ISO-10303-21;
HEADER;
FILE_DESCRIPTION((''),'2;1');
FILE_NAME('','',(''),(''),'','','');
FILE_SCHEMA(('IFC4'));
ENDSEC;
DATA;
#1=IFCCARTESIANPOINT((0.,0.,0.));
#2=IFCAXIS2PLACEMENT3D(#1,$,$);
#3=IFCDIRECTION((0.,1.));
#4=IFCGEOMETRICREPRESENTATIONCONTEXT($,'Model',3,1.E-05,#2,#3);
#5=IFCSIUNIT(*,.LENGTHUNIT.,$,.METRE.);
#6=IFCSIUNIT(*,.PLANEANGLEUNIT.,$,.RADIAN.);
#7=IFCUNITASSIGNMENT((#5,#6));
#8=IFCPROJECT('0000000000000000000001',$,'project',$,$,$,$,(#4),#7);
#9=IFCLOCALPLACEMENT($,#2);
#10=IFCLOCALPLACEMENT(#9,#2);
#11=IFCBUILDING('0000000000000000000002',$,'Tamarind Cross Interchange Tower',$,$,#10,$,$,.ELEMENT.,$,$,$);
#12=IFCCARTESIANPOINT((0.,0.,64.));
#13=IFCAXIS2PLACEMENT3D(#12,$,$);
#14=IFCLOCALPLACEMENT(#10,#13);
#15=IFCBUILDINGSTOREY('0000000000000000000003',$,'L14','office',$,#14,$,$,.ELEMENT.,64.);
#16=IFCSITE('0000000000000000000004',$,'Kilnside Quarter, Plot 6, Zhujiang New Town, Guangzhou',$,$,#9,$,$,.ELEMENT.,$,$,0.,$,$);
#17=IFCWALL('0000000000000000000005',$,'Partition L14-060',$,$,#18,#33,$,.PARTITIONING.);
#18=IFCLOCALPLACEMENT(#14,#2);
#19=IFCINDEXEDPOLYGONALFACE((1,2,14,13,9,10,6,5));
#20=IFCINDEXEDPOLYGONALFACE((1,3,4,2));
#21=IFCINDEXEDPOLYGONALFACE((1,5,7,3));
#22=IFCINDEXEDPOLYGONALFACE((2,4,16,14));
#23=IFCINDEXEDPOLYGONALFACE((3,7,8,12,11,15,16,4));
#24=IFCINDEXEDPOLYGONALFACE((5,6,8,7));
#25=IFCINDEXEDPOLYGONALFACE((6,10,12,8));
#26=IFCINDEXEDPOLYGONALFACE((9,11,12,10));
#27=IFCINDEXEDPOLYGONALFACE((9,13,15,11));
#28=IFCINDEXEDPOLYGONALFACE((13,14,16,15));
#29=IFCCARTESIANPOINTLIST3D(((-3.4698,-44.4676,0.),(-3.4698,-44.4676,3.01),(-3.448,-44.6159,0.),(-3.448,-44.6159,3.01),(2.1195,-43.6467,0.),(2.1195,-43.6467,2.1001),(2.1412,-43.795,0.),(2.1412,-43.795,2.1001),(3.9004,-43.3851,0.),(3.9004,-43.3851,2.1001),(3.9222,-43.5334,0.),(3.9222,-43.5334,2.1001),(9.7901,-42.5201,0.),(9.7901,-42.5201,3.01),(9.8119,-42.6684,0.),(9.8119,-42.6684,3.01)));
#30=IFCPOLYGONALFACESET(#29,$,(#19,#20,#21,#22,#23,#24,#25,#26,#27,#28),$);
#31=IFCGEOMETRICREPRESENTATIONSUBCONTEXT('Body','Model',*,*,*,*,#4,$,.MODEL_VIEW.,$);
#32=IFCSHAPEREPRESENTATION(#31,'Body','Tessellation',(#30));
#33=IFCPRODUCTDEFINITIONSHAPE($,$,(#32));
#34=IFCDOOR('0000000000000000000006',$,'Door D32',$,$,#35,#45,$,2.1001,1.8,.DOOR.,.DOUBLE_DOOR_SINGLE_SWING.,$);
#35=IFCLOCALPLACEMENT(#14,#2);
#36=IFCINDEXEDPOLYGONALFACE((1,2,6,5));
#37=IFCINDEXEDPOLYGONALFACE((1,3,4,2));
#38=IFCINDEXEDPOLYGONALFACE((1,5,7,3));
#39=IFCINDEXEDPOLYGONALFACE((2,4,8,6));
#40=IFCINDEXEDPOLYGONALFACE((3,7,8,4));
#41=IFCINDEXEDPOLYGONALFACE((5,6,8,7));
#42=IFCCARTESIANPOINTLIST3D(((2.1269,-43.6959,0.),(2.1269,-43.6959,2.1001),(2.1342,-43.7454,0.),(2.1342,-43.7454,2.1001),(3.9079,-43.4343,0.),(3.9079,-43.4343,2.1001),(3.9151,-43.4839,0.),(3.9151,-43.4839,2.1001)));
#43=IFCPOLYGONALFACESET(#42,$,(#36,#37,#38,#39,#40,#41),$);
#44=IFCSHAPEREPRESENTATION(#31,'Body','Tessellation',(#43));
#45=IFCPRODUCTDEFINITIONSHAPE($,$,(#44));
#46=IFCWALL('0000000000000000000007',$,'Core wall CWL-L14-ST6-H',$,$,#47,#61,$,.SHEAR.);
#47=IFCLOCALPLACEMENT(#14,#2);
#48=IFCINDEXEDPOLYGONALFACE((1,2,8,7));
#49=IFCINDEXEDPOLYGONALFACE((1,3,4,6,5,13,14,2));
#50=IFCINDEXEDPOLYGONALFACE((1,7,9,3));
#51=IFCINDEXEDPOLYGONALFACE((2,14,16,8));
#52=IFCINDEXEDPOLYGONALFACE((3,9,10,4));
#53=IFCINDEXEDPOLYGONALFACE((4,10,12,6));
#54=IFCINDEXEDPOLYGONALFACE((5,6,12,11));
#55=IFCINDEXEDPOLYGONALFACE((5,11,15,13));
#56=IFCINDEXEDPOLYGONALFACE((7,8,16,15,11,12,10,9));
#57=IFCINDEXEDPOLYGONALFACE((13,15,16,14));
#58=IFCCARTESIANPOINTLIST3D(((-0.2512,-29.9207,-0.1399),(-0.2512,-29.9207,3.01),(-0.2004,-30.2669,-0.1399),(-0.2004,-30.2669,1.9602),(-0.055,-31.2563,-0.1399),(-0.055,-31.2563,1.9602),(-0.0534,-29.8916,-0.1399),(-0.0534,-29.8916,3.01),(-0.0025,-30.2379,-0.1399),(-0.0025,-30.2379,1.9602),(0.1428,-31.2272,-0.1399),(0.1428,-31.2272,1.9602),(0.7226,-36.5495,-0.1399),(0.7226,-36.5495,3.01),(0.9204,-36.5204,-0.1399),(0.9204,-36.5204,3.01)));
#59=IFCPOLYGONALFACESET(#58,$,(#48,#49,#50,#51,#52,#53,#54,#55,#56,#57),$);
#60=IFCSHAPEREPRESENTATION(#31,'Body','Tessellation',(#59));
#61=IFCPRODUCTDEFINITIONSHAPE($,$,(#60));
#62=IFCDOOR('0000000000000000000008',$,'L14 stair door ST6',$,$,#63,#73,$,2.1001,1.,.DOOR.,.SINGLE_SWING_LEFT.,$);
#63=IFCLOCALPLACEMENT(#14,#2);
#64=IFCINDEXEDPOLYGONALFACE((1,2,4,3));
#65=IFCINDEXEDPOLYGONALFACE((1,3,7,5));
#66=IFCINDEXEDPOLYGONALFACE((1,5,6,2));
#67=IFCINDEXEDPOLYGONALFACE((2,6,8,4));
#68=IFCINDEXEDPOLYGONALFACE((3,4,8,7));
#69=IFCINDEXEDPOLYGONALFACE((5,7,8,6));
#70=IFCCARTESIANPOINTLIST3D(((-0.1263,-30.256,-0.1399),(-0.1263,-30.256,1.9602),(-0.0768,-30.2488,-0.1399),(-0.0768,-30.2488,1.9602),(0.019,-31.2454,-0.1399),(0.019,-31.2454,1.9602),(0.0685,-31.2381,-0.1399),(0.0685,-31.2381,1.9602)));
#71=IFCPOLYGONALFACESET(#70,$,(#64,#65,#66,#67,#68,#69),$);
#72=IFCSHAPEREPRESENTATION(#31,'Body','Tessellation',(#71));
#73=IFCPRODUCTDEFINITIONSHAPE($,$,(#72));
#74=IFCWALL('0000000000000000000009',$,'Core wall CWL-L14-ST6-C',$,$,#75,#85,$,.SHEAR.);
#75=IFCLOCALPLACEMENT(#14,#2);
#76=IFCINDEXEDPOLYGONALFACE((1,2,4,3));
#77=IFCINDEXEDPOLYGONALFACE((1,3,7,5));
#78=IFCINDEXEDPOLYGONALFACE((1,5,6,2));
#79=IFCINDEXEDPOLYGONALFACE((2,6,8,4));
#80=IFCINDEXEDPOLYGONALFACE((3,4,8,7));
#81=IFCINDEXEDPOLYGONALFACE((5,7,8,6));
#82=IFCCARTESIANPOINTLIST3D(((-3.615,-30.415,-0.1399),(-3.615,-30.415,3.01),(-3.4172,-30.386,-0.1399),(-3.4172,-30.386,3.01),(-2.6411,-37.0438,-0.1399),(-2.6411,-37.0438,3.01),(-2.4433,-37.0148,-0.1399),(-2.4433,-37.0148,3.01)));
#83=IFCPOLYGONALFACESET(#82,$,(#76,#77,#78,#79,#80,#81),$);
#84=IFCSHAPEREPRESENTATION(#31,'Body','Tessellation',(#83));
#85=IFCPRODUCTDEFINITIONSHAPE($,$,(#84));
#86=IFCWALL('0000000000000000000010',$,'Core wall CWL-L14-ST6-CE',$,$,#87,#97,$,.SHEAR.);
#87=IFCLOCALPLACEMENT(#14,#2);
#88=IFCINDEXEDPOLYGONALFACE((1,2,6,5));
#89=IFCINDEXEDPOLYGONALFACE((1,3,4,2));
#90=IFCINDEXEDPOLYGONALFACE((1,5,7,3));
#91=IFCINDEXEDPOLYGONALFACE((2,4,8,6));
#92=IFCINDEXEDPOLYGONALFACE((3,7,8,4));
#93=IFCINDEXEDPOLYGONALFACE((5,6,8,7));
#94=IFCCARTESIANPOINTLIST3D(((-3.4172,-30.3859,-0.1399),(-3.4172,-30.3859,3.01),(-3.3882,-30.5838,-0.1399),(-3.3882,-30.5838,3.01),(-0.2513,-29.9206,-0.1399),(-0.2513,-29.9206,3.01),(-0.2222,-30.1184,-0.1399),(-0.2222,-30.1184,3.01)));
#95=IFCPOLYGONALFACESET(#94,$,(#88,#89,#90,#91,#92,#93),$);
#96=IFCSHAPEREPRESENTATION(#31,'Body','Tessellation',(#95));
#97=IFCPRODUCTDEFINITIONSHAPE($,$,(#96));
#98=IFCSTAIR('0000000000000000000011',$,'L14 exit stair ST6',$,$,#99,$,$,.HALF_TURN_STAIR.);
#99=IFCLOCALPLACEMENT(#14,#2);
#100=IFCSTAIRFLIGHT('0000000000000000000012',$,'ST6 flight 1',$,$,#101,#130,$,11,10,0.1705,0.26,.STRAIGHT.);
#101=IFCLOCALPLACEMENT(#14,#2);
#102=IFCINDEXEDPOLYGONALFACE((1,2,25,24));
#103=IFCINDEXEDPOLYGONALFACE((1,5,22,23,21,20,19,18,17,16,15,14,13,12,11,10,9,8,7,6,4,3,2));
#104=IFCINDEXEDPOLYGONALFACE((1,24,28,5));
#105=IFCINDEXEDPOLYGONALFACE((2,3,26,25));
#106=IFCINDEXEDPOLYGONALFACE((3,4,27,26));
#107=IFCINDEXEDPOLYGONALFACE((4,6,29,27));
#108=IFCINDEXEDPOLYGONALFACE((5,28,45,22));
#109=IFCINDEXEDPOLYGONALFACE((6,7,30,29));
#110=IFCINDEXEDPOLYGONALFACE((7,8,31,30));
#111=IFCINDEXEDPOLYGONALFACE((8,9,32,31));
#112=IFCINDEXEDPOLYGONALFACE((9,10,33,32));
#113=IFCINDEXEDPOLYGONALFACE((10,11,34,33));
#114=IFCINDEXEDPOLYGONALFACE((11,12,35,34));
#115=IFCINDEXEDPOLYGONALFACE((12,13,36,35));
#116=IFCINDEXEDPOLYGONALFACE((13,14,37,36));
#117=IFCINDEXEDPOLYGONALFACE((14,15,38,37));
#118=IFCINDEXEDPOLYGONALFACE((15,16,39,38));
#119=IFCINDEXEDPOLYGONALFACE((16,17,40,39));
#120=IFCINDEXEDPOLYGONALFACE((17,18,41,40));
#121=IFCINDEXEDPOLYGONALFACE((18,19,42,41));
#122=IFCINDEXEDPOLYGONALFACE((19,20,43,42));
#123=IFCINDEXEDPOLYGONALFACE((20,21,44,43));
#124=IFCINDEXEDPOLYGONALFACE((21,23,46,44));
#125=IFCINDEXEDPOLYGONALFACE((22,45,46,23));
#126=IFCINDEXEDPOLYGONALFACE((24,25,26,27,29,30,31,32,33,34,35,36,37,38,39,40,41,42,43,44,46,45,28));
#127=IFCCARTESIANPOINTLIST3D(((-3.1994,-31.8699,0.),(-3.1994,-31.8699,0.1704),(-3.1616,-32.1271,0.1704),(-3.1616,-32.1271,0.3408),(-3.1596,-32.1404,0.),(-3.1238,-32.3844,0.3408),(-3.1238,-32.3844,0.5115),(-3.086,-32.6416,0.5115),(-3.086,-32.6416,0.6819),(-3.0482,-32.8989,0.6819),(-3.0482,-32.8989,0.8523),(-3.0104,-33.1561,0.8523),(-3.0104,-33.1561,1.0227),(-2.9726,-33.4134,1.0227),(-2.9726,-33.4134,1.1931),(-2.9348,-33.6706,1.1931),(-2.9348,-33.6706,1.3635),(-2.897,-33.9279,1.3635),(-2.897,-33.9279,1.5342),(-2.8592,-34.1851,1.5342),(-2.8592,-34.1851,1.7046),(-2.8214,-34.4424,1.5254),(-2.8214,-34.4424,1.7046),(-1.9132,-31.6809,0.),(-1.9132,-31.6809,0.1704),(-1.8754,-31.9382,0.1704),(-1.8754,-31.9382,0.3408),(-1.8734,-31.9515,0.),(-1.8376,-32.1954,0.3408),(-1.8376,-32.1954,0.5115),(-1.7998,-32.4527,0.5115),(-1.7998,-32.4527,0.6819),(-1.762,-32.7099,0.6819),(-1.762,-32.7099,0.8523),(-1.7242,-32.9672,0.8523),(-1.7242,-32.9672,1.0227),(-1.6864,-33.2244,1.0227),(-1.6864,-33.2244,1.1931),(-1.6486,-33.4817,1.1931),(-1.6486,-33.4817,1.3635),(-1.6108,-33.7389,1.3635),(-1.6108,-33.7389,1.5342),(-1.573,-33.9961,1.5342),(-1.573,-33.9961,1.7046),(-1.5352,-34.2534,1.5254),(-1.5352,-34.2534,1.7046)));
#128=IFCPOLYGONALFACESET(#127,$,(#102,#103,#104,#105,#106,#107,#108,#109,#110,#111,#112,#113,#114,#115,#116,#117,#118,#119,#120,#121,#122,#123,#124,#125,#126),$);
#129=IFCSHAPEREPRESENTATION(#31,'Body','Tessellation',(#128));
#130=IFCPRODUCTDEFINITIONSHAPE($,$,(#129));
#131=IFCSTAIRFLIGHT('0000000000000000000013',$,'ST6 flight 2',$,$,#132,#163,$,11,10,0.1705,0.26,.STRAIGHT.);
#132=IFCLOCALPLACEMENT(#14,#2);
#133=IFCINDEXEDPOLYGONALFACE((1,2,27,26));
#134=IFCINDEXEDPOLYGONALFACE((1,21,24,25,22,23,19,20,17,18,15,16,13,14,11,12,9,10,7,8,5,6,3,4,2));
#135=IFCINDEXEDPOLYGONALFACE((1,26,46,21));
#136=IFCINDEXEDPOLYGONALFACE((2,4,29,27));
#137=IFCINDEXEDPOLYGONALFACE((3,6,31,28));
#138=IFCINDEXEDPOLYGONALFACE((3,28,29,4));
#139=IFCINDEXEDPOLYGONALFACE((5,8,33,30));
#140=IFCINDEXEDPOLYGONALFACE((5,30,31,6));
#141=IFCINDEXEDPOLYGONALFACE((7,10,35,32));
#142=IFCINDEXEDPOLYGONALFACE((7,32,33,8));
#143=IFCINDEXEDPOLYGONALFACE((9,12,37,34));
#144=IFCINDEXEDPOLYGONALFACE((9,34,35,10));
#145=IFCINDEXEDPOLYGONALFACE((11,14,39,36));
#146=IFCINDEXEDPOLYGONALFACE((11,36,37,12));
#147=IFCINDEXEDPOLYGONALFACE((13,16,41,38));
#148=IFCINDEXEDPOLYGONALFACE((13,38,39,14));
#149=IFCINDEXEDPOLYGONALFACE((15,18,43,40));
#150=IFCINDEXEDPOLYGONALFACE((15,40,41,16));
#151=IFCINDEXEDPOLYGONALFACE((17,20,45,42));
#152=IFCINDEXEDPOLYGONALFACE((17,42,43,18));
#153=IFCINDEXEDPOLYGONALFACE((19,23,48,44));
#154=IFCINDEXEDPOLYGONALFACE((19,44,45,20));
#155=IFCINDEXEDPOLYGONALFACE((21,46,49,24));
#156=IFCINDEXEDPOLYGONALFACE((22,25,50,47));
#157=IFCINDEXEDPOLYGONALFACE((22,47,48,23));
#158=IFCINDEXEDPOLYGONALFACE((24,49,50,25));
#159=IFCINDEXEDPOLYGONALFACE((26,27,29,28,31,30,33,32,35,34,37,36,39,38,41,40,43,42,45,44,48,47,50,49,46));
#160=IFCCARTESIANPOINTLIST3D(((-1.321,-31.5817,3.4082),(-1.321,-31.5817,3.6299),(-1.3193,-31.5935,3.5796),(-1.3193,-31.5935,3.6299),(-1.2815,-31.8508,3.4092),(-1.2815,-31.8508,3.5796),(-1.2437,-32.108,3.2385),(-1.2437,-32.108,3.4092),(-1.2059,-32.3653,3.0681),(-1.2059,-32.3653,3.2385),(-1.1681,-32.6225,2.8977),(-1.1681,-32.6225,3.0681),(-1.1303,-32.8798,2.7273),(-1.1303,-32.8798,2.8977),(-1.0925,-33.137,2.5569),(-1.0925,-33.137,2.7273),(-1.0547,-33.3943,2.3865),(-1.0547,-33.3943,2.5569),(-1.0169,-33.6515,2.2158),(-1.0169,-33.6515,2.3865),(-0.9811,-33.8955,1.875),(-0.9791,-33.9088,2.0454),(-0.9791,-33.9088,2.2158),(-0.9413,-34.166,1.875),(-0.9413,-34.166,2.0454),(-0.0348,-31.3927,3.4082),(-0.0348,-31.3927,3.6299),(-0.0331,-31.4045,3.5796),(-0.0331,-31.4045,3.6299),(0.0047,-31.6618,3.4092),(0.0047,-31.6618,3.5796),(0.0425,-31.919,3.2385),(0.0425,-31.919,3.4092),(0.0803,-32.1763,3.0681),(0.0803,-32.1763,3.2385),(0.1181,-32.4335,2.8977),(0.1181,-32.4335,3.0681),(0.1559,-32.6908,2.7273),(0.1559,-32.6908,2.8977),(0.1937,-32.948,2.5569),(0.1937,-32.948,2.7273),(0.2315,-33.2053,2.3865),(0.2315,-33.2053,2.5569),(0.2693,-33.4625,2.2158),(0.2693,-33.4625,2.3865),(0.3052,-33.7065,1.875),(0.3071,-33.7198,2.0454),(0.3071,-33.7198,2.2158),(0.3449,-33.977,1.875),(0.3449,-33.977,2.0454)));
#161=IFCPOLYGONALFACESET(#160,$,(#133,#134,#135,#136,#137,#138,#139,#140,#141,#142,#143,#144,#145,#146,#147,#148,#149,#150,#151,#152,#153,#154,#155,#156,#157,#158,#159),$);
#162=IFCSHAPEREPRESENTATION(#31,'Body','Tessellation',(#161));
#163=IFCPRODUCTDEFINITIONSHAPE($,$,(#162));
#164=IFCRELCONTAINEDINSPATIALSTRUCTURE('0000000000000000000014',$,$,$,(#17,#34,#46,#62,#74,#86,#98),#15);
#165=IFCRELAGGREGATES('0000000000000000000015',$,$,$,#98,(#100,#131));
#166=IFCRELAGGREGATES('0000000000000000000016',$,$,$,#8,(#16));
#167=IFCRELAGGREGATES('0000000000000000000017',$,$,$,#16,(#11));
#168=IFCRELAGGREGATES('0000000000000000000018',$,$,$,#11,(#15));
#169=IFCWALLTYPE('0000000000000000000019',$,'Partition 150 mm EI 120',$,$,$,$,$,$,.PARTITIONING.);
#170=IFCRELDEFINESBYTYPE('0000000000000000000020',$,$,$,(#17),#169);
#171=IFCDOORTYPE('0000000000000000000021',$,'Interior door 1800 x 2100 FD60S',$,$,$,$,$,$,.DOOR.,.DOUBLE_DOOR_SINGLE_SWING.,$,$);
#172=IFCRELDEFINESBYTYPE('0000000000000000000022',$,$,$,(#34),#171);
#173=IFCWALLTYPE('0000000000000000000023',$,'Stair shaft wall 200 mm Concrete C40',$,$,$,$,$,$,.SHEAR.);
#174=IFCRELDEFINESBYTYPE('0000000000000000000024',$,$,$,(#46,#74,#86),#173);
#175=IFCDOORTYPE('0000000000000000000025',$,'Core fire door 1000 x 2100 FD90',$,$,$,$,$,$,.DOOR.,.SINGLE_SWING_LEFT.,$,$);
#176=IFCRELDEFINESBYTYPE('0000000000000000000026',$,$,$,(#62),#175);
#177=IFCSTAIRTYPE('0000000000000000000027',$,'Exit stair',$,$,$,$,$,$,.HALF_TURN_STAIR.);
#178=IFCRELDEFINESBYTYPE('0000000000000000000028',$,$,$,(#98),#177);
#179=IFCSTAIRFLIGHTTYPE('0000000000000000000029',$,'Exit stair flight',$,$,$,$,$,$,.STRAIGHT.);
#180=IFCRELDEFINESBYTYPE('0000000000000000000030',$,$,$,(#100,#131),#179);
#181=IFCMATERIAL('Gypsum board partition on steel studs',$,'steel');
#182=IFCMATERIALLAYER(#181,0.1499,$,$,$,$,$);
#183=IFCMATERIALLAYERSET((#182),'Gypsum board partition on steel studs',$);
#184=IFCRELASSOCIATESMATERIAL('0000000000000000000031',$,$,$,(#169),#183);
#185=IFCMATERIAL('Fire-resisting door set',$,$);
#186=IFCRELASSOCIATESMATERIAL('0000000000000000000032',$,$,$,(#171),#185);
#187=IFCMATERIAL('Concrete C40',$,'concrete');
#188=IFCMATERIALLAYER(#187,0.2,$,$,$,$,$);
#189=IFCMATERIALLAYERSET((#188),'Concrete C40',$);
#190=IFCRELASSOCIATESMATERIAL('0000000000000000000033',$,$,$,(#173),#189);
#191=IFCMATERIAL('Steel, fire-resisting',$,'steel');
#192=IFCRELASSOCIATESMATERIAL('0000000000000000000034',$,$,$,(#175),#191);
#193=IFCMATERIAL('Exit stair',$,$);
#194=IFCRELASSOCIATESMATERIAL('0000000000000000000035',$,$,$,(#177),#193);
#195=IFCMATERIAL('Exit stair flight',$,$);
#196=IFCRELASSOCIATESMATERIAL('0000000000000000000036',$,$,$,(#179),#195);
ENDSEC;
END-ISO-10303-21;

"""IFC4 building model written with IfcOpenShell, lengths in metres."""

from ifc_helpers import new_model, si_unit, direction, frame, frame_2d, origin, place, context, subcontext, project, spatial, polyline, rectangle, outline, extrude, material, layer, layer_set, type_object, element, fill, aggregate, save


model = new_model("IFC4")

# Units and contexts
model_context = context("Model", 3, precision=1e-05, world=origin(), true_north=direction((0.0, 1.0)))
body_context = subcontext(model_context, "Body", "Model", "MODEL_VIEW")
ifc_project = project(units=[si_unit("LENGTHUNIT", "METRE"), si_unit("PLANEANGLEUNIT", "RADIAN")], contexts=[model_context])

# Site, building, storey
site_placement = place(None, origin())
site = spatial("IfcSite", under=ifc_project, at=site_placement, Name="Kilnside Quarter, Plot 6, Zhujiang New Town, Guangzhou", CompositionType="ELEMENT", RefElevation=0.0)
building_placement = place(site_placement, origin())
building = spatial("IfcBuilding", under=site, at=building_placement, Name="Tamarind Cross Interchange Tower", CompositionType="ELEMENT")
storey_placement = place(building_placement, frame((0.0, 0.0, 64.0)))
storey = spatial("IfcBuildingStorey", under=building, at=storey_placement, Name="L14", Description="office", CompositionType="ELEMENT", Elevation=64.0)

# Shared definitions
ifc_material_1 = material(Name="Gypsum board partition on steel studs", Category="steel")
ifc_layer_1 = layer(ifc_material_1, 0.1499)
ifc_layer_set_1 = layer_set([ifc_layer_1], Name="Gypsum board partition on steel studs")
wall_type_1 = type_object("IfcWallType", Name="Partition 150 mm EI 120", PredefinedType="PARTITIONING", material=ifc_layer_set_1)

# Walls, openings, doors
wall_1_placement = place(storey_placement, frame((-3.459, -44.5417, 0.0), z_axis=(0.0, 0.0, 1.0), x_axis=(0.989385, 0.145315, 0.0)))
wall_1 = element("IfcWall", 1, at=wall_1_placement, inside=storey, type_object=wall_type_1, Name="Partition L14-060", PredefinedType="PARTITIONING", context=body_context, shape_type="SweptSolid", body=[
    extrude(rectangle(XDim=13.4021, YDim=0.1499, at=frame_2d((6.7012, 0.0))), origin(), (0.0, 0.0, 1.0), 3.01),
])
opening_1_placement = place(wall_1_placement, frame((5.6494, 0.0, 0.0)))
opening_1 = element("IfcOpeningElement", 2, at=opening_1_placement, cuts=wall_1, PredefinedType="OPENING", context=body_context, shape_type="SweptSolid", body=[
    extrude(rectangle(XDim=1.8, YDim=2.1001, at=frame_2d((0.8999, 1.05))), frame((0.0, 0.085, 0.0), z_axis=(0.0, -1.0, 0.0), x_axis=(1.0, 0.0, 0.0)), (0.0, 0.0, 1.0), 0.1699),
])
ifc_material_2 = material(Name="Fire-resisting door set")
door_type_1 = type_object("IfcDoorType", Name="Interior door 1800 x 2100 FD60S", OperationType="DOUBLE_DOOR_SINGLE_SWING", PredefinedType="DOOR", material=ifc_material_2)
door_1_placement = place(opening_1_placement, frame((1.8, 0.0, 0.0), z_axis=(0.0, 0.0, 1.0), x_axis=(-1.0, 0.0, 0.0)))
door_1 = element("IfcDoor", 3, at=door_1_placement, inside=storey, type_object=door_type_1, Name="Door D32", OperationType="DOUBLE_DOOR_SINGLE_SWING", OverallHeight=2.1001, OverallWidth=1.8, PredefinedType="DOOR", context=body_context, shape_type="SweptSolid", body=[
    extrude(rectangle(XDim=1.8, YDim=2.1001, at=frame_2d((0.8999, 1.05))), frame((0.0, 0.0249, 0.0), z_axis=(0.0, -1.0, 0.0), x_axis=(1.0, 0.0, 0.0)), (0.0, 0.0, 1.0), 0.05),
])
fill(opening_1, door_1)
ifc_material_3 = material(Name="Concrete C40", Category="concrete")
ifc_layer_2 = layer(ifc_material_3, 0.2)
ifc_layer_set_2 = layer_set([ifc_layer_2], Name="Concrete C40")
wall_type_2 = type_object("IfcWallType", Name="Stair shaft wall 200 mm Concrete C40", PredefinedType="SHEAR", material=ifc_layer_set_2)
wall_2_placement = place(storey_placement, frame((-0.1523, -29.906, -0.1399), z_axis=(0.0, 0.0, 1.0), x_axis=(0.145353, -0.98938, 0.0)))
wall_2 = element("IfcWall", 4, at=wall_2_placement, inside=storey, type_object=wall_type_2, Name="Core wall CWL-L14-ST6-H", PredefinedType="SHEAR", context=body_context, shape_type="SweptSolid", body=[
    extrude(rectangle(XDim=6.7, YDim=0.2, at=frame_2d((3.3501, 0.0))), origin(), (0.0, 0.0, 1.0), 3.1499),
])
opening_2_placement = place(wall_2_placement, frame((0.3501, 0.0, 0.0)))
opening_2 = element("IfcOpeningElement", 5, at=opening_2_placement, cuts=wall_2, PredefinedType="OPENING", context=body_context, shape_type="SweptSolid", body=[
    extrude(rectangle(XDim=1.0, YDim=2.1001, at=frame_2d((0.5, 1.05))), frame((0.0, 0.1099, 0.0), z_axis=(0.0, -1.0, 0.0), x_axis=(1.0, 0.0, 0.0)), (0.0, 0.0, 1.0), 0.22),
])
ifc_material_4 = material(Name="Steel, fire-resisting", Category="steel")
door_type_2 = type_object("IfcDoorType", Name="Core fire door 1000 x 2100 FD90", OperationType="SINGLE_SWING_LEFT", PredefinedType="DOOR", material=ifc_material_4)
door_2_placement = place(opening_2_placement, origin())
door_2 = element("IfcDoor", 6, at=door_2_placement, inside=storey, type_object=door_type_2, Name="L14 stair door ST6", OperationType="SINGLE_SWING_LEFT", OverallHeight=2.1001, OverallWidth=1.0, PredefinedType="DOOR", context=body_context, shape_type="SweptSolid", body=[
    extrude(rectangle(XDim=1.0, YDim=2.1001, at=frame_2d((0.5, 1.05))), frame((0.0, 0.0249, 0.0), z_axis=(0.0, -1.0, 0.0), x_axis=(1.0, 0.0, 0.0)), (0.0, 0.0, 1.0), 0.05),
])
fill(opening_2, door_2)

# Walls
wall_3_placement = place(storey_placement, frame((-3.5161, -30.4004, -0.1399), z_axis=(0.0, 0.0, 1.0), x_axis=(0.145353, -0.98938, 0.0)))
element("IfcWall", 7, at=wall_3_placement, inside=storey, type_object=wall_type_2, Name="Core wall CWL-L14-ST6-C", PredefinedType="SHEAR", context=body_context, shape_type="SweptSolid", body=[
    extrude(rectangle(XDim=6.7, YDim=0.2, at=frame_2d((3.3501, 0.0))), origin(), (0.0, 0.0, 1.0), 3.1499),
])
wall_4_placement = place(storey_placement, frame((-3.4028, -30.4849, -0.1399), z_axis=(0.0, 0.0, 1.0), x_axis=(0.989371, 0.145415, 0.0)))
element("IfcWall", 8, at=wall_4_placement, inside=storey, type_object=wall_type_2, Name="Core wall CWL-L14-ST6-CE", PredefinedType="SHEAR", context=body_context, shape_type="SweptSolid", body=[
    extrude(rectangle(XDim=3.2, YDim=0.2, at=frame_2d((1.6001, 0.0))), origin(), (0.0, 0.0, 1.0), 3.1499),
])

# Stair, stair flights
ifc_material_5 = material(Name="Exit stair")
stair_type = type_object("IfcStairType", Name="Exit stair", PredefinedType="HALF_TURN_STAIR", material=ifc_material_5)
stair_placement = place(storey_placement, origin())
stair = element("IfcStair", 9, at=stair_placement, inside=storey, type_object=stair_type, Name="L14 exit stair ST6", PredefinedType="HALF_TURN_STAIR")
ifc_material_6 = material(Name="Exit stair flight")
stair_flight_type = type_object("IfcStairFlightType", Name="Exit stair flight", PredefinedType="STRAIGHT", material=ifc_material_6)
stair_flight_1_placement = place(storey_placement, frame((-2.5562, -31.7754, 0.0), z_axis=(0.0, 0.0, 1.0), x_axis=(0.145365, -0.989378, 0.0)))
stair_flight_1 = element("IfcStairFlight", 10, at=stair_flight_1_placement, type_object=stair_flight_type, Name="ST6 flight 1", NumberOfRisers=11, NumberOfTreads=10, PredefinedType="STRAIGHT", RiserHeight=0.1705, TreadLength=0.26, context=body_context, shape_type="SweptSolid", body=[
    extrude(outline(polyline([(0.0, 0.0), (0.0, 0.1704), (0.26, 0.1704), (0.26, 0.3408), (0.52, 0.3408), (0.52, 0.5115), (0.78, 0.5115), (0.78, 0.6819), (1.04, 0.6819), (1.04, 0.8523), (1.3, 0.8523), (1.3, 1.0227), (1.5601, 1.0227), (1.5601, 1.1931), (1.8201, 1.1931), (1.8201, 1.3635), (2.0801, 1.3635), (2.0801, 1.5342), (2.3401, 1.5342), (2.3401, 1.7046), (2.6001, 1.7046), (2.6001, 1.875), (2.6001, 1.5254), (0.2734, 0.0), (0.0, 0.0)])), frame((0.0, 0.6499, 0.0), z_axis=(0.0, -1.0, 0.0), x_axis=(1.0, 0.0, 0.0)), (0.0, 0.0, 1.0), 1.3),
])
stair_flight_2_placement = place(storey_placement, frame((-0.2983, -34.0715, 1.875), z_axis=(0.0, 0.0, 1.0), x_axis=(-0.145365, 0.989378, 0.0)))
stair_flight_2 = element("IfcStairFlight", 11, at=stair_flight_2_placement, type_object=stair_flight_type, Name="ST6 flight 2", NumberOfRisers=11, NumberOfTreads=10, PredefinedType="STRAIGHT", RiserHeight=0.1705, TreadLength=0.26, context=body_context, shape_type="SweptSolid", body=[
    extrude(outline(polyline([(0.0, 0.0), (0.0, 0.1704), (0.26, 0.1704), (0.26, 0.3408), (0.52, 0.3408), (0.52, 0.5115), (0.78, 0.5115), (0.78, 0.6819), (1.04, 0.6819), (1.04, 0.8523), (1.3, 0.8523), (1.3, 1.0227), (1.5601, 1.0227), (1.5601, 1.1931), (1.8201, 1.1931), (1.8201, 1.3635), (2.0801, 1.3635), (2.0801, 1.5342), (2.3401, 1.5342), (2.3401, 1.7046), (2.6001, 1.7046), (2.6001, 1.7549), (2.6121, 1.7549), (2.6121, 1.5332), (0.2734, 0.0), (0.0, 0.0)])), frame((0.0, 0.6499, 0.0), z_axis=(0.0, -1.0, 0.0), x_axis=(1.0, 0.0, 0.0)), (0.0, 0.0, 1.0), 1.3),
])
aggregate(stair, [stair_flight_1, stair_flight_2])

save(model, "model.ifc")
